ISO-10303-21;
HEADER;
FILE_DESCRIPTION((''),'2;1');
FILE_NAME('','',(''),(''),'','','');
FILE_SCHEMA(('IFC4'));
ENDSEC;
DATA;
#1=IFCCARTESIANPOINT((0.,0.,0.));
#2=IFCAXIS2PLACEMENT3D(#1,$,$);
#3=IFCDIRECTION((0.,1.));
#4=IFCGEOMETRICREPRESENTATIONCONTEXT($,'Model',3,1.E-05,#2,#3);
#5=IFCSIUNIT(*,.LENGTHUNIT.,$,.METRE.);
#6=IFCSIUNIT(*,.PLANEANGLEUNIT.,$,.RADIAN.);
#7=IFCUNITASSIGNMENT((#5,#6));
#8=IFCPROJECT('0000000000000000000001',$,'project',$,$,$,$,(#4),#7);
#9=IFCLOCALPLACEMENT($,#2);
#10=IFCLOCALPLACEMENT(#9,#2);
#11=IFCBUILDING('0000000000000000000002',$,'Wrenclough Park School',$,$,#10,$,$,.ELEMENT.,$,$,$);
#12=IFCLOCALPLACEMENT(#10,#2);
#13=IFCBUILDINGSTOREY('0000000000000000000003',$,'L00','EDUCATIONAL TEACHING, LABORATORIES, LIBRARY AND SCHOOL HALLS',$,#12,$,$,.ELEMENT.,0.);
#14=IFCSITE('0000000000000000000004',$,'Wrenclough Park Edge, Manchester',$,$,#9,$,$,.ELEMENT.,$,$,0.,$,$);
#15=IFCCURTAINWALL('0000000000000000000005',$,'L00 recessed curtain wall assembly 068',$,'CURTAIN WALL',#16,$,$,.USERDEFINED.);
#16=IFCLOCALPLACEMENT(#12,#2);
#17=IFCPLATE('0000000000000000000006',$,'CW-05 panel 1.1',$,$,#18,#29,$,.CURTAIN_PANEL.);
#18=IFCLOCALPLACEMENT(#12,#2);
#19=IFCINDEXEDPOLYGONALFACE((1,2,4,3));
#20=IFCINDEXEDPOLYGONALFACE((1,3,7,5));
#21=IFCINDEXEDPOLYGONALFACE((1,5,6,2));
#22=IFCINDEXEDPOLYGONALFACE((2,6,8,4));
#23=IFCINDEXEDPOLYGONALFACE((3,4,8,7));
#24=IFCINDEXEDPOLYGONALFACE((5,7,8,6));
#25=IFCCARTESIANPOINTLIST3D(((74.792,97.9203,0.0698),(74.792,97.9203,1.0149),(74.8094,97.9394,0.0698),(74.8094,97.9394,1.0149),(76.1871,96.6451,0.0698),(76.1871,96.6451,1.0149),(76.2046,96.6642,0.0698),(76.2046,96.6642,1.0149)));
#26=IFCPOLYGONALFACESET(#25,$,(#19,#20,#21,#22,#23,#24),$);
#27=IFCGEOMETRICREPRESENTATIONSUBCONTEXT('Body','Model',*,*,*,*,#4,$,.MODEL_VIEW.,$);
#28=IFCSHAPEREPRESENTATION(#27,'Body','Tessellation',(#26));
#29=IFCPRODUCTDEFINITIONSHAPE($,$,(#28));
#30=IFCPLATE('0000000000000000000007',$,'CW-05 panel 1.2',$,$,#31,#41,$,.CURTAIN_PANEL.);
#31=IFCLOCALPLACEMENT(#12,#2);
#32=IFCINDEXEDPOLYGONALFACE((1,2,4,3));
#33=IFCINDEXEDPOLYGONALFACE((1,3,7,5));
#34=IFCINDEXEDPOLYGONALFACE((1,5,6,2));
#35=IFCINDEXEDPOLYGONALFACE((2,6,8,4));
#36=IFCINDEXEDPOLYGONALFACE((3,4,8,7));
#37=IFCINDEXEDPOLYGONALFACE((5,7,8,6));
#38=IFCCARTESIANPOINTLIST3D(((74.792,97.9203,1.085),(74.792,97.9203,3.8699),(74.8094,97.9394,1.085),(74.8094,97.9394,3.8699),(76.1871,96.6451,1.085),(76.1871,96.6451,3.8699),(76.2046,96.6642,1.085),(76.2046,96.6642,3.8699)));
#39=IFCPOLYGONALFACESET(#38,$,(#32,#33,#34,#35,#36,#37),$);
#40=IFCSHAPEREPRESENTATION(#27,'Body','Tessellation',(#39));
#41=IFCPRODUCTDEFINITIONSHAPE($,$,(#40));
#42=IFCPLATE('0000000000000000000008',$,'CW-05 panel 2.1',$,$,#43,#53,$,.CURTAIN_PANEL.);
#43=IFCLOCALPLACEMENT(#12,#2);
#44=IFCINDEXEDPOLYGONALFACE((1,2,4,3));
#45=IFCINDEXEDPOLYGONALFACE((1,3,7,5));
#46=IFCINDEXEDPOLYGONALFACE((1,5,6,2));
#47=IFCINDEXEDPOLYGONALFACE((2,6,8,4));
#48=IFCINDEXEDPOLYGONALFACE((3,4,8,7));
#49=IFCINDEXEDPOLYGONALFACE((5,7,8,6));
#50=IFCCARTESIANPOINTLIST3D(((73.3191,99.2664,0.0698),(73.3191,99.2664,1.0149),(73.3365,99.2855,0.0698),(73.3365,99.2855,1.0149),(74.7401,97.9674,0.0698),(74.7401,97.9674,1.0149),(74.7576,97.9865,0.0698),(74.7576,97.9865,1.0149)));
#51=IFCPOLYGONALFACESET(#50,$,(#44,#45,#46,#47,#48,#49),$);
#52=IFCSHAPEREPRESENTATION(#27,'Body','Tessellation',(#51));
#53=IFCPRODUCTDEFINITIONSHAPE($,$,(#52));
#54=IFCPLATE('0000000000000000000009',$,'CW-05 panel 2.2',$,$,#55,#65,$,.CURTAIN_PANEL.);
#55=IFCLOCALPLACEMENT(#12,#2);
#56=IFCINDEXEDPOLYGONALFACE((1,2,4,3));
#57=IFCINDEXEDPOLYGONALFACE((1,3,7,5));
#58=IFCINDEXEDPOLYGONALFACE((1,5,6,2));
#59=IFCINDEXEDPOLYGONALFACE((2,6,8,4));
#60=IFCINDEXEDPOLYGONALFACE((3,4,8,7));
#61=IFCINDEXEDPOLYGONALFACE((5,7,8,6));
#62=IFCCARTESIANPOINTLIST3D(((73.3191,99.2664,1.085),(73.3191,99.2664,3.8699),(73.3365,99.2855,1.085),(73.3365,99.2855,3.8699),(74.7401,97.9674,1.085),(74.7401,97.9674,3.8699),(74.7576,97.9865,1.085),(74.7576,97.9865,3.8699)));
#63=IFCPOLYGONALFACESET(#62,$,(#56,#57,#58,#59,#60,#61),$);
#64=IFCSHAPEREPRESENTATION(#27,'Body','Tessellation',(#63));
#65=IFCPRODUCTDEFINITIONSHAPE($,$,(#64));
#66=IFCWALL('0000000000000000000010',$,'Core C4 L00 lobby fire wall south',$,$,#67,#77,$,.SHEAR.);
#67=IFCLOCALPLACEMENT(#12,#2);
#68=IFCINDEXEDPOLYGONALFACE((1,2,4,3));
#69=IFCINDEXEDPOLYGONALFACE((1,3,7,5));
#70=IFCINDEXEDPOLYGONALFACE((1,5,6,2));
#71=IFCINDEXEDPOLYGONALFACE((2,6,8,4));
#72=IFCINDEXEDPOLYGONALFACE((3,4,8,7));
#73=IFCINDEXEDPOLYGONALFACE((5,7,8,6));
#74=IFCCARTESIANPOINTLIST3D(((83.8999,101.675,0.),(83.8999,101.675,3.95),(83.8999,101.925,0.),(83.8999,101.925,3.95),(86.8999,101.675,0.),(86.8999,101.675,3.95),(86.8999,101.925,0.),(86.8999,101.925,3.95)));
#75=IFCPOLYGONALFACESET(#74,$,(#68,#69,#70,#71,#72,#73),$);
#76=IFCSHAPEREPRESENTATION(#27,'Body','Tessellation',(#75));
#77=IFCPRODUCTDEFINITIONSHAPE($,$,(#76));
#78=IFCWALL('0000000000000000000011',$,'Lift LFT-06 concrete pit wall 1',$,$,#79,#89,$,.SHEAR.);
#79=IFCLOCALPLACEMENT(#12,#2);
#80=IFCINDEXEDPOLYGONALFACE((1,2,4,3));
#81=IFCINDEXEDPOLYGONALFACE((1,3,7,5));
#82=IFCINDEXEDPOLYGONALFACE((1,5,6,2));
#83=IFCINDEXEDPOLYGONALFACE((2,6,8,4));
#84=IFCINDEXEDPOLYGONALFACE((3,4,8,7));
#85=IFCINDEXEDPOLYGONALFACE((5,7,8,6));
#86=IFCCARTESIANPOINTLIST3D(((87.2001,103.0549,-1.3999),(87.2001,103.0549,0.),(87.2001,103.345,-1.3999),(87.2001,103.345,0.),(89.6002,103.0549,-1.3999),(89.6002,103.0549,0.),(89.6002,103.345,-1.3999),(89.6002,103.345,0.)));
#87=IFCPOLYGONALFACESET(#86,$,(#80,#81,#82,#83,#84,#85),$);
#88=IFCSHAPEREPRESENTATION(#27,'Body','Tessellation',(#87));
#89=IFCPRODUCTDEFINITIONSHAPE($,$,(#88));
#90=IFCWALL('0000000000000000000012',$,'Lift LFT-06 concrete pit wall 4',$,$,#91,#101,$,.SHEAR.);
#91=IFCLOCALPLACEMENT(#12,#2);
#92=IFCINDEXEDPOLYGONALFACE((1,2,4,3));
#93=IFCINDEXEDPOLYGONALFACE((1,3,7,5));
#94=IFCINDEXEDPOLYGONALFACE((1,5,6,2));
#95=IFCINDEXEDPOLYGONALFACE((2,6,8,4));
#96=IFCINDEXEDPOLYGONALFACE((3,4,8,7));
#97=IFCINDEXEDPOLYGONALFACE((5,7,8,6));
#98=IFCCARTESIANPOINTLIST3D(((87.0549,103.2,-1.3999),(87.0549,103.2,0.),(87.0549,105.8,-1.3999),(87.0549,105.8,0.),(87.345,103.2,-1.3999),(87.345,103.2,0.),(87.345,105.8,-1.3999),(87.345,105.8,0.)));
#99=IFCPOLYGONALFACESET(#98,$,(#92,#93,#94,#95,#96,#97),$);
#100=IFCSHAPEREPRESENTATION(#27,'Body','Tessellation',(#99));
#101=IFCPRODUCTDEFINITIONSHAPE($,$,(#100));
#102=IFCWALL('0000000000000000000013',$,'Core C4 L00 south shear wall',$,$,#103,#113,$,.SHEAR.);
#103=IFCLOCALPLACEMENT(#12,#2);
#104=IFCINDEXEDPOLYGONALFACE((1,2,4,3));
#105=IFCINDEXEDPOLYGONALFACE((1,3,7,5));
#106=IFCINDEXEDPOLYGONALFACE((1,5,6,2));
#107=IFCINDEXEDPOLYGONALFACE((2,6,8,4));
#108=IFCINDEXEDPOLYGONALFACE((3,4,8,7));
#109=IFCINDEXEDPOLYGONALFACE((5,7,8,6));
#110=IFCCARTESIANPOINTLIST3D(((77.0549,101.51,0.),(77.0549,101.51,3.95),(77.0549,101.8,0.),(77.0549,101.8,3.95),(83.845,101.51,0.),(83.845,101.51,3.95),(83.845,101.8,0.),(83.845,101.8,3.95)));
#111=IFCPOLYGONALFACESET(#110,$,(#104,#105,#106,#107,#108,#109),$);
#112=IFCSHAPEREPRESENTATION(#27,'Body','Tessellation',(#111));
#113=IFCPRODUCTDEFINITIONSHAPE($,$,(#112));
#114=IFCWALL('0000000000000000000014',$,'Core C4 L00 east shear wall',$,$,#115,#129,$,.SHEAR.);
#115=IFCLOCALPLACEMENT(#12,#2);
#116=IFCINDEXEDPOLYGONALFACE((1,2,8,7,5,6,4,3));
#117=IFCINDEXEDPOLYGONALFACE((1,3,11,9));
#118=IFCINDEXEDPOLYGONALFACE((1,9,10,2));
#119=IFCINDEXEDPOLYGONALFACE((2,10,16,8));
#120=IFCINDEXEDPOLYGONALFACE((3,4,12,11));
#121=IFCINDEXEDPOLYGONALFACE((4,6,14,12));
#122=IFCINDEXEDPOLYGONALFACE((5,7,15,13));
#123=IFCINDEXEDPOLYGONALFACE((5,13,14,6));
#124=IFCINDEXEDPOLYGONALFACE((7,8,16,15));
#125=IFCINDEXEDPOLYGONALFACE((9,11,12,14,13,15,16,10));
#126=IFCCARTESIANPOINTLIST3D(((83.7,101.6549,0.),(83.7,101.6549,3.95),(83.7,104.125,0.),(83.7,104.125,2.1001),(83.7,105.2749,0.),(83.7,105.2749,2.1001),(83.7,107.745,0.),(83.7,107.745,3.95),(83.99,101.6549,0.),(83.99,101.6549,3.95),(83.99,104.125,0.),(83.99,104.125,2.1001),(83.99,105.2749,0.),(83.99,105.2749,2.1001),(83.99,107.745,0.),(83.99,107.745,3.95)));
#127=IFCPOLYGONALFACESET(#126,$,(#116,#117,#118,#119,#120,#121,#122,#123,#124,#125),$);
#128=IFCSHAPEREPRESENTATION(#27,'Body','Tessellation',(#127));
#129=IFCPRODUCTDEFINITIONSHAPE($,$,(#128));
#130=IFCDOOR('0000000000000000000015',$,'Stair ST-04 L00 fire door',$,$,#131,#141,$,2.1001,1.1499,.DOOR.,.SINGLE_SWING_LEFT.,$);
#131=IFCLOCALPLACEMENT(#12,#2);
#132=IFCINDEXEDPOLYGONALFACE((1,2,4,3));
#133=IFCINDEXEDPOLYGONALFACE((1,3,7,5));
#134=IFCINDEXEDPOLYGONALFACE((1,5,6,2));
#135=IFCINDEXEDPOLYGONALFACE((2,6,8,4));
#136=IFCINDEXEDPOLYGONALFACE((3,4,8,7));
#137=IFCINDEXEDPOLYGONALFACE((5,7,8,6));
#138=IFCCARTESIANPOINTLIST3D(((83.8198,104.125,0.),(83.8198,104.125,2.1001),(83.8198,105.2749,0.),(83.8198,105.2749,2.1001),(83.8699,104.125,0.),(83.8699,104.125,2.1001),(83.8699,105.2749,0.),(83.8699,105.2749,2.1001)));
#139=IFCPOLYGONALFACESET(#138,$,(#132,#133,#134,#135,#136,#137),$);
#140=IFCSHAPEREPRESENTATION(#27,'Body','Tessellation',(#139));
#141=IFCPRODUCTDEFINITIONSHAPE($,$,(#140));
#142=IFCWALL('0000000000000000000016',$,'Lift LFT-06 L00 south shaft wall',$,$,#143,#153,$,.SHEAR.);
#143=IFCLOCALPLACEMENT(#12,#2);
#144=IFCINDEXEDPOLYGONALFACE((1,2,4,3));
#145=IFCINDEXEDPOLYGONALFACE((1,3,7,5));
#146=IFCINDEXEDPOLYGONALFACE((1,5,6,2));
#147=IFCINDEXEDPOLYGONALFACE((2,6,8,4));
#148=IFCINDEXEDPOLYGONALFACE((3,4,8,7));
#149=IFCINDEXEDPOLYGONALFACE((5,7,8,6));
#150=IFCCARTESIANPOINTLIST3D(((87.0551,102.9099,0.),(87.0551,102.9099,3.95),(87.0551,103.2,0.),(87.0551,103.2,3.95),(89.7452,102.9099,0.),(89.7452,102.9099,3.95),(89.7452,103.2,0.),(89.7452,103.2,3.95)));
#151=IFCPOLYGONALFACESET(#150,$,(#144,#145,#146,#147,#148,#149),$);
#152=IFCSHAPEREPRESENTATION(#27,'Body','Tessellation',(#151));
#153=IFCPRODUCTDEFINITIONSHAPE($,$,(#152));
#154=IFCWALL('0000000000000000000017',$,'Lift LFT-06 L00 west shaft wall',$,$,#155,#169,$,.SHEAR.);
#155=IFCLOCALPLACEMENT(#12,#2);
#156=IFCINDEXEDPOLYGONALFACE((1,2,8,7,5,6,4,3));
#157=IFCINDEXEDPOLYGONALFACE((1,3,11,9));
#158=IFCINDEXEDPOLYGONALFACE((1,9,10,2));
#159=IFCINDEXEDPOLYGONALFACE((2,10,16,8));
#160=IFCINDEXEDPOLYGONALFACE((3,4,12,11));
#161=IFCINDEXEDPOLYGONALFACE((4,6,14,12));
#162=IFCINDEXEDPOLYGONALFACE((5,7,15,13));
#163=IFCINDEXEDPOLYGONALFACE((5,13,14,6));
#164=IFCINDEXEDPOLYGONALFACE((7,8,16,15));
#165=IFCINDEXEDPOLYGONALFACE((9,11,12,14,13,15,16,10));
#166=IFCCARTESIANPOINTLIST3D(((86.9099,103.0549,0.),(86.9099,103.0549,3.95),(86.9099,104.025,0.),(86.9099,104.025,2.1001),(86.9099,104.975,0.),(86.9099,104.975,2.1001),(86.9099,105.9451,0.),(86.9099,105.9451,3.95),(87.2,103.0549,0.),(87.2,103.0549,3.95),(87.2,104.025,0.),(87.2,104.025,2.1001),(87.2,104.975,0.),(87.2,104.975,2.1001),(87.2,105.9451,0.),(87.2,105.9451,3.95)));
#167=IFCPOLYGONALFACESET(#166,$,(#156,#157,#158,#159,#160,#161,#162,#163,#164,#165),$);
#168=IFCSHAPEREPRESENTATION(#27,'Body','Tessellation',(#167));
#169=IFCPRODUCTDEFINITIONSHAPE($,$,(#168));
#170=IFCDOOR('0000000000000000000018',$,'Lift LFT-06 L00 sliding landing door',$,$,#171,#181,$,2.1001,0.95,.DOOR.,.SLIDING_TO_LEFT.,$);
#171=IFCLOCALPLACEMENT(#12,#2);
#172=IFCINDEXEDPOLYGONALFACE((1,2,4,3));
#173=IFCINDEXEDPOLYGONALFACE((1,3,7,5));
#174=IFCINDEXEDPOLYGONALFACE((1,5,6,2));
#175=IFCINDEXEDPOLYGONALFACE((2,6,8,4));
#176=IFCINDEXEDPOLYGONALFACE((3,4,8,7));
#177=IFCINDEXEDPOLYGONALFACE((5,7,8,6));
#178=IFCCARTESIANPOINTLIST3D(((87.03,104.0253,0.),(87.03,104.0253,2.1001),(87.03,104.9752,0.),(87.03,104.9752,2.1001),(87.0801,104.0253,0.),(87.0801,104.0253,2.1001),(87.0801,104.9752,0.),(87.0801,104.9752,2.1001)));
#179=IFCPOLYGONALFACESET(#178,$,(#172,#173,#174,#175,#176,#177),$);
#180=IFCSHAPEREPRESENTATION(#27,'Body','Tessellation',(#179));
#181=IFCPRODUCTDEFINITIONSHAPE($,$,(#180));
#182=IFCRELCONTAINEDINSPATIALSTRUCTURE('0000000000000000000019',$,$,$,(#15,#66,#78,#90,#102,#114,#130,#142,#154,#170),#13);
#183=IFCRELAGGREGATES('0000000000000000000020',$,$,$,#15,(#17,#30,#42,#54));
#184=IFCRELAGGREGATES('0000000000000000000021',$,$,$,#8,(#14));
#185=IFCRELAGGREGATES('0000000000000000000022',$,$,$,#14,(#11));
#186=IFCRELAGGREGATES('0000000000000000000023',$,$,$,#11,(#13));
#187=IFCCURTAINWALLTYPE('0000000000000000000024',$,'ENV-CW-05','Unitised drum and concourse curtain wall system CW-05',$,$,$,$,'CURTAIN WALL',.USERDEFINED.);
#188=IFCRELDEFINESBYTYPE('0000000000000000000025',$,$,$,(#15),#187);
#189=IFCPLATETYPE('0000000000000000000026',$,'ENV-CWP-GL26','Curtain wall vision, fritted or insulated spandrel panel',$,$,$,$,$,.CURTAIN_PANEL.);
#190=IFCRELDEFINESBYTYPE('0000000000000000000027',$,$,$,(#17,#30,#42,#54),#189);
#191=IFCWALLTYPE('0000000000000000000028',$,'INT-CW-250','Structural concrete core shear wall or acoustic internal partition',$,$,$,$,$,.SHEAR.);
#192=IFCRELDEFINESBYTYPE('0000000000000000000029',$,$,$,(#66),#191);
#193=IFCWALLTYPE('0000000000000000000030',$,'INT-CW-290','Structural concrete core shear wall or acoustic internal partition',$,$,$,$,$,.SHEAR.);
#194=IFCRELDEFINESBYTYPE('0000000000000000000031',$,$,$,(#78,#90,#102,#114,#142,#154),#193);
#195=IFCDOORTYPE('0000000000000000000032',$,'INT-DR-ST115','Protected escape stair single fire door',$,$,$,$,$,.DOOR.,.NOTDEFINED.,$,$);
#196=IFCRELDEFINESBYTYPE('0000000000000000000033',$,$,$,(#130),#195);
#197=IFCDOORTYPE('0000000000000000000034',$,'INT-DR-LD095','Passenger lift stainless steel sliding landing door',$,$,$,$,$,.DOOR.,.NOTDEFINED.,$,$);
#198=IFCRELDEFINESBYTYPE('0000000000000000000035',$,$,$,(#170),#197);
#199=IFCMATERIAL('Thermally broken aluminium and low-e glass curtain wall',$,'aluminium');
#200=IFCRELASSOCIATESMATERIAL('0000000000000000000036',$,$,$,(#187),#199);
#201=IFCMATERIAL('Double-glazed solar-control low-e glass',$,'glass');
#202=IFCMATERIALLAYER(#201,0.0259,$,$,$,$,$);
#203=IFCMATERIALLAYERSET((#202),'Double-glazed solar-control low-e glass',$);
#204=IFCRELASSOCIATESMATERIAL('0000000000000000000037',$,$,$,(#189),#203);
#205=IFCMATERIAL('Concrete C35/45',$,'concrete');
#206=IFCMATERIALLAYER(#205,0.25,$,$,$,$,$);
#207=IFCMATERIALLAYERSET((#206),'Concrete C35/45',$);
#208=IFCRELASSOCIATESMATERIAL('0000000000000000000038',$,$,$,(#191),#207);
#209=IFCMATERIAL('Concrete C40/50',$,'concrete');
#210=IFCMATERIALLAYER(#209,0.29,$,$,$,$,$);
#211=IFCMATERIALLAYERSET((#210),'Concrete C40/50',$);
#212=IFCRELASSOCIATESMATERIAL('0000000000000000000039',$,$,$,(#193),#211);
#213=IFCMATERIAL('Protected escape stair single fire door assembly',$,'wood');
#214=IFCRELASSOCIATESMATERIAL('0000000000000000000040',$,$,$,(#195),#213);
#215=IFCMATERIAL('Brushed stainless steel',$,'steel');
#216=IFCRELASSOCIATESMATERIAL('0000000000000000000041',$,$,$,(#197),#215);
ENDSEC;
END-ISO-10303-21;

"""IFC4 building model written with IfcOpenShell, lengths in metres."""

from ifc_helpers import new_model, si_unit, direction, frame, frame_2d, origin, origin_2d, place, context, subcontext, project, spatial, rectangle, extrude, material, layer, layer_set, type_object, element, fill, aggregate, save


model = new_model("IFC4")

# Units and contexts
model_context = context("Model", 3, precision=1e-05, world=origin(), true_north=direction((0.0, 1.0)))
body_context = subcontext(model_context, "Body", "Model", "MODEL_VIEW")
ifc_project = project(units=[si_unit("LENGTHUNIT", "METRE"), si_unit("PLANEANGLEUNIT", "RADIAN")], contexts=[model_context])

# Site, building, storey
site_placement = place(None, origin())
site = spatial("IfcSite", under=ifc_project, at=site_placement, Name="Wrenclough Park Edge, Manchester", CompositionType="ELEMENT", RefElevation=0.0)
building_placement = place(site_placement, origin())
building = spatial("IfcBuilding", under=site, at=building_placement, Name="Wrenclough Park School", CompositionType="ELEMENT")
storey_placement = place(building_placement, origin())
storey = spatial("IfcBuildingStorey", under=building, at=storey_placement, Name="L00", Description="EDUCATIONAL TEACHING, LABORATORIES, LIBRARY AND SCHOOL HALLS", CompositionType="ELEMENT", Elevation=0.0)

# Shared definitions
ifc_material_1 = material(Name="Concrete C40/50", Category="concrete")

# Shared definitions
ifc_material_2 = material(Name="Concrete C35/45", Category="concrete")

# Curtain wall, plates
ifc_material_3 = material(Name="Thermally broken aluminium and low-e glass curtain wall", Category="aluminium")
curtain_wall_type = type_object("IfcCurtainWallType", Name="ENV-CW-05", Description="Unitised drum and concourse curtain wall system CW-05", ElementType="CURTAIN WALL", PredefinedType="USERDEFINED", material=ifc_material_3)
curtain_wall_placement = place(storey_placement, origin())
curtain_wall = element("IfcCurtainWall", 1, at=curtain_wall_placement, inside=storey, type_object=curtain_wall_type, Name="L00 recessed curtain wall assembly 068", ObjectType="CURTAIN WALL", PredefinedType="USERDEFINED")
ifc_material_4 = material(Name="Double-glazed solar-control low-e glass", Category="glass")
ifc_layer_1 = layer(ifc_material_4, 0.0259)
ifc_layer_set_1 = layer_set([ifc_layer_1], Name="Double-glazed solar-control low-e glass")
plate_type = type_object("IfcPlateType", Name="ENV-CWP-GL26", Description="Curtain wall vision, fritted or insulated spandrel panel", PredefinedType="CURTAIN_PANEL", material=ifc_layer_set_1)
plate_1_placement = place(storey_placement, frame((75.4983, 97.2922, 0.0698), z_axis=(0.0, 0.0, 1.0), x_axis=(-0.738121, 0.674669, 0.0)))
plate_1 = element("IfcPlate", 2, at=plate_1_placement, type_object=plate_type, Name="CW-05 panel 1.1", PredefinedType="CURTAIN_PANEL", context=body_context, shape_type="SweptSolid", body=[
    extrude(rectangle(XDim=1.8901, YDim=0.0259, at=origin_2d()), origin(), (0.0, 0.0, 1.0), 0.9451),
])
plate_2_placement = place(storey_placement, frame((75.4983, 97.2922, 1.085), z_axis=(0.0, 0.0, 1.0), x_axis=(-0.738121, 0.674669, 0.0)))
plate_2 = element("IfcPlate", 3, at=plate_2_placement, type_object=plate_type, Name="CW-05 panel 1.2", PredefinedType="CURTAIN_PANEL", context=body_context, shape_type="SweptSolid", body=[
    extrude(rectangle(XDim=1.8901, YDim=0.0259, at=origin_2d()), origin(), (0.0, 0.0, 1.0), 2.7849),
])
plate_3_placement = place(storey_placement, frame((74.0383, 98.6265, 0.0698), z_axis=(0.0, 0.0, 1.0), x_axis=(-0.738121, 0.674669, 0.0)))
plate_3 = element("IfcPlate", 4, at=plate_3_placement, type_object=plate_type, Name="CW-05 panel 2.1", PredefinedType="CURTAIN_PANEL", context=body_context, shape_type="SweptSolid", body=[
    extrude(rectangle(XDim=1.9253, YDim=0.0259, at=origin_2d()), origin(), (0.0, 0.0, 1.0), 0.9451),
])
plate_4_placement = place(storey_placement, frame((74.0383, 98.6265, 1.085), z_axis=(0.0, 0.0, 1.0), x_axis=(-0.738121, 0.674669, 0.0)))
plate_4 = element("IfcPlate", 5, at=plate_4_placement, type_object=plate_type, Name="CW-05 panel 2.2", PredefinedType="CURTAIN_PANEL", context=body_context, shape_type="SweptSolid", body=[
    extrude(rectangle(XDim=1.9253, YDim=0.0259, at=origin_2d()), origin(), (0.0, 0.0, 1.0), 2.7849),
])
aggregate(curtain_wall, [plate_1, plate_2, plate_3, plate_4])

# Walls
ifc_layer_2 = layer(ifc_material_2, 0.25)
ifc_layer_set_2 = layer_set([ifc_layer_2], Name="Concrete C35/45")
wall_type_1 = type_object("IfcWallType", Name="INT-CW-250", Description="Structural concrete core shear wall or acoustic internal partition", PredefinedType="SHEAR", material=ifc_layer_set_2)
wall_1_placement = place(storey_placement, frame((83.8999, 101.8, 0.0), z_axis=(0.0, 0.0, 1.0), x_axis=(1.0, 0.0, 0.0)))
element("IfcWall", 6, at=wall_1_placement, inside=storey, type_object=wall_type_1, Name="Core C4 L00 lobby fire wall south", PredefinedType="SHEAR", context=body_context, shape_type="SweptSolid", body=[
    extrude(rectangle(XDim=3.0, YDim=0.25, at=frame_2d((1.5, 0.0))), origin(), (0.0, 0.0, 1.0), 3.95),
])
ifc_layer_3 = layer(ifc_material_1, 0.29)
ifc_layer_set_3 = layer_set([ifc_layer_3], Name="Concrete C40/50")
wall_type_2 = type_object("IfcWallType", Name="INT-CW-290", Description="Structural concrete core shear wall or acoustic internal partition", PredefinedType="SHEAR", material=ifc_layer_set_3)
wall_2_placement = place(storey_placement, frame((87.2, 103.2, -1.3999), z_axis=(0.0, 0.0, 1.0), x_axis=(1.0, 0.0, 0.0)))
element("IfcWall", 7, at=wall_2_placement, inside=storey, type_object=wall_type_2, Name="Lift LFT-06 concrete pit wall 1", PredefinedType="SHEAR", context=body_context, shape_type="SweptSolid", body=[
    extrude(rectangle(XDim=2.4001, YDim=0.29, at=frame_2d((1.2002, 0.0))), origin(), (0.0, 0.0, 1.0), 1.3999),
])
wall_3_placement = place(storey_placement, frame((87.2, 105.8, -1.3999), z_axis=(0.0, 0.0, 1.0), x_axis=(0.0, -1.0, 0.0)))
element("IfcWall", 8, at=wall_3_placement, inside=storey, type_object=wall_type_2, Name="Lift LFT-06 concrete pit wall 4", PredefinedType="SHEAR", context=body_context, shape_type="SweptSolid", body=[
    extrude(rectangle(XDim=2.6001, YDim=0.29, at=frame_2d((1.3, 0.0))), origin(), (0.0, 0.0, 1.0), 1.3999),
])
wall_4_placement = place(storey_placement, frame((77.0549, 101.655, 0.0), z_axis=(0.0, 0.0, 1.0), x_axis=(1.0, 0.0, 0.0)))
element("IfcWall", 9, at=wall_4_placement, inside=storey, type_object=wall_type_2, Name="Core C4 L00 south shear wall", PredefinedType="SHEAR", context=body_context, shape_type="SweptSolid", body=[
    extrude(rectangle(XDim=6.79, YDim=0.29, at=frame_2d((3.395, 0.0))), origin(), (0.0, 0.0, 1.0), 3.95),
])

# Wall, opening, door
wall_5_placement = place(storey_placement, frame((83.845, 101.655, 0.0), z_axis=(0.0, 0.0, 1.0), x_axis=(0.0, 1.0, 0.0)))
wall_5 = element("IfcWall", 10, at=wall_5_placement, inside=storey, type_object=wall_type_2, Name="Core C4 L00 east shear wall", PredefinedType="SHEAR", context=body_context, shape_type="SweptSolid", body=[
    extrude(rectangle(XDim=6.0901, YDim=0.29, at=frame_2d((3.0449, 0.0))), origin(), (0.0, 0.0, 1.0), 3.95),
])
opening_1_placement = place(wall_5_placement, frame((2.47, 0.0, 0.0)))
opening_1 = element("IfcOpeningElement", 11, at=opening_1_placement, cuts=wall_5, PredefinedType="OPENING", context=body_context, shape_type="SweptSolid", body=[
    extrude(rectangle(XDim=1.1499, YDim=2.1001, at=frame_2d((0.575, 1.05))), frame((0.0, 0.155, 0.0), z_axis=(0.0, -1.0, 0.0), x_axis=(1.0, 0.0, 0.0)), (0.0, 0.0, 1.0), 0.3101),
])
ifc_material_5 = material(Name="Protected escape stair single fire door assembly", Category="wood")
door_type_1 = type_object("IfcDoorType", Name="INT-DR-ST115", Description="Protected escape stair single fire door", OperationType="NOTDEFINED", PredefinedType="DOOR", material=ifc_material_5)
door_1_placement = place(opening_1_placement, frame((1.1499, 0.0, 0.0), z_axis=(0.0, 0.0, 1.0), x_axis=(-1.0, 0.0, 0.0)))
door_1 = element("IfcDoor", 12, at=door_1_placement, inside=storey, type_object=door_type_1, Name="Stair ST-04 L00 fire door", OperationType="SINGLE_SWING_LEFT", OverallHeight=2.1001, OverallWidth=1.1499, PredefinedType="DOOR", context=body_context, shape_type="SweptSolid", body=[
    extrude(rectangle(XDim=1.1499, YDim=2.1001, at=frame_2d((0.575, 1.05))), frame((0.0, 0.0249, 0.0), z_axis=(0.0, -1.0, 0.0), x_axis=(1.0, 0.0, 0.0)), (0.0, 0.0, 1.0), 0.05),
])
fill(opening_1, door_1)

# Wall
wall_6_placement = place(storey_placement, frame((87.0549, 103.0549, 0.0), z_axis=(0.0, 0.0, 1.0), x_axis=(1.0, 0.0, 0.0)))
element("IfcWall", 13, at=wall_6_placement, inside=storey, type_object=wall_type_2, Name="Lift LFT-06 L00 south shaft wall", PredefinedType="SHEAR", context=body_context, shape_type="SweptSolid", body=[
    extrude(rectangle(XDim=2.6902, YDim=0.29, at=frame_2d((1.3452, 0.0))), origin(), (0.0, 0.0, 1.0), 3.95),
])

# Wall, opening, door
wall_7_placement = place(storey_placement, frame((87.0549, 105.9451, 0.0), z_axis=(0.0, 0.0, 1.0), x_axis=(0.0, -1.0, 0.0)))
wall_7 = element("IfcWall", 14, at=wall_7_placement, inside=storey, type_object=wall_type_2, Name="Lift LFT-06 L00 west shaft wall", PredefinedType="SHEAR", context=body_context, shape_type="SweptSolid", body=[
    extrude(rectangle(XDim=2.8901, YDim=0.29, at=frame_2d((1.4451, 0.0))), origin(), (0.0, 0.0, 1.0), 3.95),
])
opening_2_placement = place(wall_7_placement, frame((0.97, 0.0, 0.0)))
opening_2 = element("IfcOpeningElement", 15, at=opening_2_placement, cuts=wall_7, PredefinedType="OPENING", context=body_context, shape_type="SweptSolid", body=[
    extrude(rectangle(XDim=0.95, YDim=2.1001, at=frame_2d((0.4751, 1.05))), frame((0.0, 0.155, 0.0), z_axis=(0.0, -1.0, 0.0), x_axis=(1.0, 0.0, 0.0)), (0.0, 0.0, 1.0), 0.3101),
])
ifc_material_6 = material(Name="Brushed stainless steel", Category="steel")
door_type_2 = type_object("IfcDoorType", Name="INT-DR-LD095", Description="Passenger lift stainless steel sliding landing door", OperationType="NOTDEFINED", PredefinedType="DOOR", material=ifc_material_6)
door_2_placement = place(opening_2_placement, frame((0.95, 0.0, 0.0), z_axis=(0.0, 0.0, 1.0), x_axis=(-1.0, 0.0, 0.0)))
door_2 = element("IfcDoor", 16, at=door_2_placement, inside=storey, type_object=door_type_2, Name="Lift LFT-06 L00 sliding landing door", OperationType="SLIDING_TO_LEFT", OverallHeight=2.1001, OverallWidth=0.95, PredefinedType="DOOR", context=body_context, shape_type="SweptSolid", body=[
    extrude(rectangle(XDim=0.95, YDim=2.1001, at=frame_2d((0.4751, 1.05))), frame((0.0, 0.0249, 0.0), z_axis=(0.0, -1.0, 0.0), x_axis=(1.0, 0.0, 0.0)), (0.0, 0.0, 1.0), 0.05),
])
fill(opening_2, door_2)

save(model, "model.ifc")
